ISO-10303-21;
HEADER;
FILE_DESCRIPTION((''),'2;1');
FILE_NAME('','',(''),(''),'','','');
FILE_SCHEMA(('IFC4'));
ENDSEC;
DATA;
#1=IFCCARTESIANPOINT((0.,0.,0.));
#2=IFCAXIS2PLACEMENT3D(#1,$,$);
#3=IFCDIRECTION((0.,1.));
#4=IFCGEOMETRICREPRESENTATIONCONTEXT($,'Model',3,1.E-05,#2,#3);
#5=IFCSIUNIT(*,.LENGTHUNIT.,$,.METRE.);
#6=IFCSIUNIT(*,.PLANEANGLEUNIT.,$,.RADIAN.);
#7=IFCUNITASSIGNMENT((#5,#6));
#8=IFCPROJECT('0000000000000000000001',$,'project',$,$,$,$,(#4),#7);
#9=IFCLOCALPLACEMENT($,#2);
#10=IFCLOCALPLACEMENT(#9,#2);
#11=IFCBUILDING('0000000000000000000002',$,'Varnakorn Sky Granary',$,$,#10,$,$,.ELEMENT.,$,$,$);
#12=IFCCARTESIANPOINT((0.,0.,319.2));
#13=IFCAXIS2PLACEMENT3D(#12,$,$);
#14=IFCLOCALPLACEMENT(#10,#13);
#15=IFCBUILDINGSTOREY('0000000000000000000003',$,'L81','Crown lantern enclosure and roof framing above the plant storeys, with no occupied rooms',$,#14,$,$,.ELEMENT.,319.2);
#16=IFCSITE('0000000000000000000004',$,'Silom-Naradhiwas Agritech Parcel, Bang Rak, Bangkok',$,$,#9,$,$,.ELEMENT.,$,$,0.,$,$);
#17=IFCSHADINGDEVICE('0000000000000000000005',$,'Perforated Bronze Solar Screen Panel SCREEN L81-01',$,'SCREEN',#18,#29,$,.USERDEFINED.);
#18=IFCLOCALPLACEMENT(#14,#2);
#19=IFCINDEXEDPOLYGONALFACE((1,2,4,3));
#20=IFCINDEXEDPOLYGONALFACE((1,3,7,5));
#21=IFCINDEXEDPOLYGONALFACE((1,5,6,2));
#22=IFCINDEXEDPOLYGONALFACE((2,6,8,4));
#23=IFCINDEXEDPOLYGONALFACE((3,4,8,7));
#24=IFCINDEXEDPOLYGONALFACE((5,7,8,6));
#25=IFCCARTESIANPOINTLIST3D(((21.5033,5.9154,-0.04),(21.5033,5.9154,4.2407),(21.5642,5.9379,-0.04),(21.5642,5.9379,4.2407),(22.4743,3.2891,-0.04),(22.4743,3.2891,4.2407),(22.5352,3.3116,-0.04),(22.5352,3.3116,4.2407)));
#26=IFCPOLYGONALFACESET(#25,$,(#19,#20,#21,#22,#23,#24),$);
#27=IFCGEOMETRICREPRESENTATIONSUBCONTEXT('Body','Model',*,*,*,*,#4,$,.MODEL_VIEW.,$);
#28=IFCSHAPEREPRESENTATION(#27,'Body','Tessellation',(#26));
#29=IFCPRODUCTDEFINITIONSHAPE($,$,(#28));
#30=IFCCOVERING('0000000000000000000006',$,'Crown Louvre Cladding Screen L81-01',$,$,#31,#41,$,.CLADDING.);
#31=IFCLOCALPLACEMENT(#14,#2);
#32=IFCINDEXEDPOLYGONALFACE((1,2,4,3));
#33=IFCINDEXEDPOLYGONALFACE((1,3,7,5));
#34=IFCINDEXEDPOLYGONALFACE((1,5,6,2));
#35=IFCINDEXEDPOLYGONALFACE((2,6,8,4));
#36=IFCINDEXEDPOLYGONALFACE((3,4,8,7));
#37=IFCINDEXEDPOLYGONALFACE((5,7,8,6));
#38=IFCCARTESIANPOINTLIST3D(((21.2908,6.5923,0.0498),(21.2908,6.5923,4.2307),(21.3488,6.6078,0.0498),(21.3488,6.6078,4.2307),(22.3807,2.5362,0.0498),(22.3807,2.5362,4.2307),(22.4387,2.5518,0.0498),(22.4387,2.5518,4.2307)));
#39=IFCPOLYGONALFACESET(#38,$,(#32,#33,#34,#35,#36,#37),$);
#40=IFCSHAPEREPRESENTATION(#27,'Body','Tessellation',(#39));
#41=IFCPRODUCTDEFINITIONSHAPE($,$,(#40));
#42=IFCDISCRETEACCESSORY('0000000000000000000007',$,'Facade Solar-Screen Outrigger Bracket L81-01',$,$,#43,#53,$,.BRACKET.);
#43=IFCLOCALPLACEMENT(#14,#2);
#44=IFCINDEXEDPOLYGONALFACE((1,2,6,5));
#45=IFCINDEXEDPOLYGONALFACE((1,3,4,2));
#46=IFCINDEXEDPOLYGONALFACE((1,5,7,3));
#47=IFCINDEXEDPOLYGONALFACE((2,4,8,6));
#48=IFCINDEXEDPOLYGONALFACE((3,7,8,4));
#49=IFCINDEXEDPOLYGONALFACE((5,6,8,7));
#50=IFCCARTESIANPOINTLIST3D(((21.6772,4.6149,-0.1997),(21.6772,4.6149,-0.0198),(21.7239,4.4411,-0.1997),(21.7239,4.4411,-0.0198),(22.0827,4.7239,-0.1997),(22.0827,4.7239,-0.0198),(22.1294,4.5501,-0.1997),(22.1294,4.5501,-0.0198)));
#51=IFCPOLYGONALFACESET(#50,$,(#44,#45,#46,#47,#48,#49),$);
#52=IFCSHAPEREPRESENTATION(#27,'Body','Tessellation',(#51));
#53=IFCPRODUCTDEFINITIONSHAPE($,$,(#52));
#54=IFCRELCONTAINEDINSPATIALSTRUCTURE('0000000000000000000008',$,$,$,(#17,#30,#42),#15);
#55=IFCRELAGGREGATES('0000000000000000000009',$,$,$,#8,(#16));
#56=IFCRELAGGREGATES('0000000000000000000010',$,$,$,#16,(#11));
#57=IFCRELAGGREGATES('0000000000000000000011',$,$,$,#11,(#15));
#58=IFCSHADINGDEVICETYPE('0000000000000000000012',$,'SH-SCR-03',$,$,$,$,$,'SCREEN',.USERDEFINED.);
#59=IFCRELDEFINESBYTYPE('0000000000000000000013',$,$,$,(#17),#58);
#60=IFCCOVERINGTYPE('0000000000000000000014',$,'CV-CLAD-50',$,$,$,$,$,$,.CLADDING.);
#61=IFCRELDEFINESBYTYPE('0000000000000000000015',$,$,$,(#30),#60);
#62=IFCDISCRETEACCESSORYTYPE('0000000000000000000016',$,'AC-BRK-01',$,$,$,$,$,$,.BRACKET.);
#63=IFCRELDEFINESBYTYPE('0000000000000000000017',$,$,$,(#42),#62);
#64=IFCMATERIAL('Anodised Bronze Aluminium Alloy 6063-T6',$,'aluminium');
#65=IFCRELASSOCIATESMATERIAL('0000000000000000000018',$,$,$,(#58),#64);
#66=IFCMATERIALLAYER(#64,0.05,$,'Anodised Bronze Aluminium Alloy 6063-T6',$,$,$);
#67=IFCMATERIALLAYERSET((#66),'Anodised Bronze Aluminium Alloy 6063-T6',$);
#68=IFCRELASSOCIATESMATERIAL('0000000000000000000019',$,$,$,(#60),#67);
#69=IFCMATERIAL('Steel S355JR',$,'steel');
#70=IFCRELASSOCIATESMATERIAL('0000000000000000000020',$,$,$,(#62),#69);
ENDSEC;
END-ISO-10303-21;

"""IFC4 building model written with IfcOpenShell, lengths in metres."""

from ifc_helpers import new_model, si_unit, direction, frame, origin, origin_2d, place, context, subcontext, project, spatial, rectangle, extrude, source, transform, mapped, material, layer, layer_set, type_object, type_shapes, element, save


model = new_model("IFC4")

# Units and contexts
model_context = context("Model", 3, precision=1e-05, world=origin(), true_north=direction((0.0, 1.0)))
body_context = subcontext(model_context, "Body", "Model", "MODEL_VIEW")
ifc_project = project(units=[si_unit("LENGTHUNIT", "METRE"), si_unit("PLANEANGLEUNIT", "RADIAN")], contexts=[model_context])

# Site, building, storey
site_placement = place(None, origin())
site = spatial("IfcSite", under=ifc_project, at=site_placement, Name="Silom-Naradhiwas Agritech Parcel, Bang Rak, Bangkok", CompositionType="ELEMENT", RefElevation=0.0)
building_placement = place(site_placement, origin())
building = spatial("IfcBuilding", under=site, at=building_placement, Name="Varnakorn Sky Granary", CompositionType="ELEMENT")
storey_placement = place(building_placement, frame((0.0, 0.0, 319.2)))
storey = spatial("IfcBuildingStorey", under=building, at=storey_placement, Name="L81", Description="Crown lantern enclosure and roof framing above the plant storeys, with no occupied rooms", CompositionType="ELEMENT", Elevation=319.2)

# Shared definitions
ifc_material_1 = material(Name="Steel S355JR", Category="steel")

# Shared definitions
ifc_material_2 = material(Name="Anodised Bronze Aluminium Alloy 6063-T6", Category="aluminium")

# Shading device
shading_device_type = type_object("IfcShadingDeviceType", Name="SH-SCR-03", ElementType="SCREEN", PredefinedType="USERDEFINED", material=ifc_material_2)
shared_shape_1 = source(origin(), body_context, "Body", "SweptSolid", [
    extrude(rectangle(XDim=2.8, YDim=0.0649, at=origin_2d()), origin(), (0.0, 0.0, 1.0), 4.2808),
])
type_shapes(shading_device_type, [shared_shape_1])
shading_device_placement = place(storey_placement, frame((22.0193, 4.6135, -0.04), z_axis=(0.0, 0.0, 1.0), x_axis=(-0.346784, 0.937945, 0.0)))
element("IfcShadingDevice", 1, at=shading_device_placement, inside=storey, type_object=shading_device_type, Name="Perforated Bronze Solar Screen Panel SCREEN L81-01", ObjectType="SCREEN", PredefinedType="USERDEFINED", context=body_context, shape_type="MappedRepresentation", body=[
    mapped(shared_shape_1, transform((0.0, 0.0, 0.0), x_axis=(1.0, 0.0, 0.0), y_axis=(0.0, 1.0, 0.0), z_axis=(0.0, 0.0, 1.0), scale=1.0)),
])

# Covering
ifc_layer_1 = layer(ifc_material_2, 0.05, Name="Anodised Bronze Aluminium Alloy 6063-T6")
ifc_layer_set_1 = layer_set([ifc_layer_1], Name="Anodised Bronze Aluminium Alloy 6063-T6")
covering_type = type_object("IfcCoveringType", Name="CV-CLAD-50", PredefinedType="CLADDING", material=ifc_layer_set_1)
shared_shape_2 = source(origin(), body_context, "Body", "SweptSolid", [
    extrude(rectangle(XDim=4.2, YDim=0.0601, at=origin_2d()), origin(), (0.0, 0.0, 1.0), 4.1809),
])
type_shapes(covering_type, [shared_shape_2])
covering_placement = place(storey_placement, frame((21.8647, 4.572, 0.0498), z_axis=(0.0, 0.0, 1.0), x_axis=(-0.259506, 0.965742, 0.0)))
element("IfcCovering", 2, at=covering_placement, inside=storey, type_object=covering_type, Name="Crown Louvre Cladding Screen L81-01", PredefinedType="CLADDING", context=body_context, shape_type="MappedRepresentation", body=[
    mapped(shared_shape_2, transform((0.0, 0.0, 0.0), x_axis=(1.0, 0.0, 0.0), y_axis=(0.0, 1.0, 0.0), z_axis=(0.0, 0.0, 1.0), scale=1.0)),
])

# Discrete accessory
discrete_accessory_type = type_object("IfcDiscreteAccessoryType", Name="AC-BRK-01", PredefinedType="BRACKET", material=ifc_material_1)
shared_shape_3 = source(origin(), body_context, "Body", "SweptSolid", [
    extrude(rectangle(XDim=0.1799, YDim=0.4199, at=origin_2d()), origin(), (0.0, 0.0, 1.0), 0.1799),
])
type_shapes(discrete_accessory_type, [shared_shape_3])
discrete_accessory_placement = place(storey_placement, frame((21.9033, 4.5825, -0.1997), z_axis=(0.0, 0.0, 1.0), x_axis=(-0.259506, 0.965742, 0.0)))
element("IfcDiscreteAccessory", 3, at=discrete_accessory_placement, inside=storey, type_object=discrete_accessory_type, Name="Facade Solar-Screen Outrigger Bracket L81-01", PredefinedType="BRACKET", context=body_context, shape_type="MappedRepresentation", body=[
    mapped(shared_shape_3, transform((0.0, 0.0, 0.0), x_axis=(1.0, 0.0, 0.0), y_axis=(0.0, 1.0, 0.0), z_axis=(0.0, 0.0, 1.0), scale=1.0)),
])

save(model, "model.ifc")
